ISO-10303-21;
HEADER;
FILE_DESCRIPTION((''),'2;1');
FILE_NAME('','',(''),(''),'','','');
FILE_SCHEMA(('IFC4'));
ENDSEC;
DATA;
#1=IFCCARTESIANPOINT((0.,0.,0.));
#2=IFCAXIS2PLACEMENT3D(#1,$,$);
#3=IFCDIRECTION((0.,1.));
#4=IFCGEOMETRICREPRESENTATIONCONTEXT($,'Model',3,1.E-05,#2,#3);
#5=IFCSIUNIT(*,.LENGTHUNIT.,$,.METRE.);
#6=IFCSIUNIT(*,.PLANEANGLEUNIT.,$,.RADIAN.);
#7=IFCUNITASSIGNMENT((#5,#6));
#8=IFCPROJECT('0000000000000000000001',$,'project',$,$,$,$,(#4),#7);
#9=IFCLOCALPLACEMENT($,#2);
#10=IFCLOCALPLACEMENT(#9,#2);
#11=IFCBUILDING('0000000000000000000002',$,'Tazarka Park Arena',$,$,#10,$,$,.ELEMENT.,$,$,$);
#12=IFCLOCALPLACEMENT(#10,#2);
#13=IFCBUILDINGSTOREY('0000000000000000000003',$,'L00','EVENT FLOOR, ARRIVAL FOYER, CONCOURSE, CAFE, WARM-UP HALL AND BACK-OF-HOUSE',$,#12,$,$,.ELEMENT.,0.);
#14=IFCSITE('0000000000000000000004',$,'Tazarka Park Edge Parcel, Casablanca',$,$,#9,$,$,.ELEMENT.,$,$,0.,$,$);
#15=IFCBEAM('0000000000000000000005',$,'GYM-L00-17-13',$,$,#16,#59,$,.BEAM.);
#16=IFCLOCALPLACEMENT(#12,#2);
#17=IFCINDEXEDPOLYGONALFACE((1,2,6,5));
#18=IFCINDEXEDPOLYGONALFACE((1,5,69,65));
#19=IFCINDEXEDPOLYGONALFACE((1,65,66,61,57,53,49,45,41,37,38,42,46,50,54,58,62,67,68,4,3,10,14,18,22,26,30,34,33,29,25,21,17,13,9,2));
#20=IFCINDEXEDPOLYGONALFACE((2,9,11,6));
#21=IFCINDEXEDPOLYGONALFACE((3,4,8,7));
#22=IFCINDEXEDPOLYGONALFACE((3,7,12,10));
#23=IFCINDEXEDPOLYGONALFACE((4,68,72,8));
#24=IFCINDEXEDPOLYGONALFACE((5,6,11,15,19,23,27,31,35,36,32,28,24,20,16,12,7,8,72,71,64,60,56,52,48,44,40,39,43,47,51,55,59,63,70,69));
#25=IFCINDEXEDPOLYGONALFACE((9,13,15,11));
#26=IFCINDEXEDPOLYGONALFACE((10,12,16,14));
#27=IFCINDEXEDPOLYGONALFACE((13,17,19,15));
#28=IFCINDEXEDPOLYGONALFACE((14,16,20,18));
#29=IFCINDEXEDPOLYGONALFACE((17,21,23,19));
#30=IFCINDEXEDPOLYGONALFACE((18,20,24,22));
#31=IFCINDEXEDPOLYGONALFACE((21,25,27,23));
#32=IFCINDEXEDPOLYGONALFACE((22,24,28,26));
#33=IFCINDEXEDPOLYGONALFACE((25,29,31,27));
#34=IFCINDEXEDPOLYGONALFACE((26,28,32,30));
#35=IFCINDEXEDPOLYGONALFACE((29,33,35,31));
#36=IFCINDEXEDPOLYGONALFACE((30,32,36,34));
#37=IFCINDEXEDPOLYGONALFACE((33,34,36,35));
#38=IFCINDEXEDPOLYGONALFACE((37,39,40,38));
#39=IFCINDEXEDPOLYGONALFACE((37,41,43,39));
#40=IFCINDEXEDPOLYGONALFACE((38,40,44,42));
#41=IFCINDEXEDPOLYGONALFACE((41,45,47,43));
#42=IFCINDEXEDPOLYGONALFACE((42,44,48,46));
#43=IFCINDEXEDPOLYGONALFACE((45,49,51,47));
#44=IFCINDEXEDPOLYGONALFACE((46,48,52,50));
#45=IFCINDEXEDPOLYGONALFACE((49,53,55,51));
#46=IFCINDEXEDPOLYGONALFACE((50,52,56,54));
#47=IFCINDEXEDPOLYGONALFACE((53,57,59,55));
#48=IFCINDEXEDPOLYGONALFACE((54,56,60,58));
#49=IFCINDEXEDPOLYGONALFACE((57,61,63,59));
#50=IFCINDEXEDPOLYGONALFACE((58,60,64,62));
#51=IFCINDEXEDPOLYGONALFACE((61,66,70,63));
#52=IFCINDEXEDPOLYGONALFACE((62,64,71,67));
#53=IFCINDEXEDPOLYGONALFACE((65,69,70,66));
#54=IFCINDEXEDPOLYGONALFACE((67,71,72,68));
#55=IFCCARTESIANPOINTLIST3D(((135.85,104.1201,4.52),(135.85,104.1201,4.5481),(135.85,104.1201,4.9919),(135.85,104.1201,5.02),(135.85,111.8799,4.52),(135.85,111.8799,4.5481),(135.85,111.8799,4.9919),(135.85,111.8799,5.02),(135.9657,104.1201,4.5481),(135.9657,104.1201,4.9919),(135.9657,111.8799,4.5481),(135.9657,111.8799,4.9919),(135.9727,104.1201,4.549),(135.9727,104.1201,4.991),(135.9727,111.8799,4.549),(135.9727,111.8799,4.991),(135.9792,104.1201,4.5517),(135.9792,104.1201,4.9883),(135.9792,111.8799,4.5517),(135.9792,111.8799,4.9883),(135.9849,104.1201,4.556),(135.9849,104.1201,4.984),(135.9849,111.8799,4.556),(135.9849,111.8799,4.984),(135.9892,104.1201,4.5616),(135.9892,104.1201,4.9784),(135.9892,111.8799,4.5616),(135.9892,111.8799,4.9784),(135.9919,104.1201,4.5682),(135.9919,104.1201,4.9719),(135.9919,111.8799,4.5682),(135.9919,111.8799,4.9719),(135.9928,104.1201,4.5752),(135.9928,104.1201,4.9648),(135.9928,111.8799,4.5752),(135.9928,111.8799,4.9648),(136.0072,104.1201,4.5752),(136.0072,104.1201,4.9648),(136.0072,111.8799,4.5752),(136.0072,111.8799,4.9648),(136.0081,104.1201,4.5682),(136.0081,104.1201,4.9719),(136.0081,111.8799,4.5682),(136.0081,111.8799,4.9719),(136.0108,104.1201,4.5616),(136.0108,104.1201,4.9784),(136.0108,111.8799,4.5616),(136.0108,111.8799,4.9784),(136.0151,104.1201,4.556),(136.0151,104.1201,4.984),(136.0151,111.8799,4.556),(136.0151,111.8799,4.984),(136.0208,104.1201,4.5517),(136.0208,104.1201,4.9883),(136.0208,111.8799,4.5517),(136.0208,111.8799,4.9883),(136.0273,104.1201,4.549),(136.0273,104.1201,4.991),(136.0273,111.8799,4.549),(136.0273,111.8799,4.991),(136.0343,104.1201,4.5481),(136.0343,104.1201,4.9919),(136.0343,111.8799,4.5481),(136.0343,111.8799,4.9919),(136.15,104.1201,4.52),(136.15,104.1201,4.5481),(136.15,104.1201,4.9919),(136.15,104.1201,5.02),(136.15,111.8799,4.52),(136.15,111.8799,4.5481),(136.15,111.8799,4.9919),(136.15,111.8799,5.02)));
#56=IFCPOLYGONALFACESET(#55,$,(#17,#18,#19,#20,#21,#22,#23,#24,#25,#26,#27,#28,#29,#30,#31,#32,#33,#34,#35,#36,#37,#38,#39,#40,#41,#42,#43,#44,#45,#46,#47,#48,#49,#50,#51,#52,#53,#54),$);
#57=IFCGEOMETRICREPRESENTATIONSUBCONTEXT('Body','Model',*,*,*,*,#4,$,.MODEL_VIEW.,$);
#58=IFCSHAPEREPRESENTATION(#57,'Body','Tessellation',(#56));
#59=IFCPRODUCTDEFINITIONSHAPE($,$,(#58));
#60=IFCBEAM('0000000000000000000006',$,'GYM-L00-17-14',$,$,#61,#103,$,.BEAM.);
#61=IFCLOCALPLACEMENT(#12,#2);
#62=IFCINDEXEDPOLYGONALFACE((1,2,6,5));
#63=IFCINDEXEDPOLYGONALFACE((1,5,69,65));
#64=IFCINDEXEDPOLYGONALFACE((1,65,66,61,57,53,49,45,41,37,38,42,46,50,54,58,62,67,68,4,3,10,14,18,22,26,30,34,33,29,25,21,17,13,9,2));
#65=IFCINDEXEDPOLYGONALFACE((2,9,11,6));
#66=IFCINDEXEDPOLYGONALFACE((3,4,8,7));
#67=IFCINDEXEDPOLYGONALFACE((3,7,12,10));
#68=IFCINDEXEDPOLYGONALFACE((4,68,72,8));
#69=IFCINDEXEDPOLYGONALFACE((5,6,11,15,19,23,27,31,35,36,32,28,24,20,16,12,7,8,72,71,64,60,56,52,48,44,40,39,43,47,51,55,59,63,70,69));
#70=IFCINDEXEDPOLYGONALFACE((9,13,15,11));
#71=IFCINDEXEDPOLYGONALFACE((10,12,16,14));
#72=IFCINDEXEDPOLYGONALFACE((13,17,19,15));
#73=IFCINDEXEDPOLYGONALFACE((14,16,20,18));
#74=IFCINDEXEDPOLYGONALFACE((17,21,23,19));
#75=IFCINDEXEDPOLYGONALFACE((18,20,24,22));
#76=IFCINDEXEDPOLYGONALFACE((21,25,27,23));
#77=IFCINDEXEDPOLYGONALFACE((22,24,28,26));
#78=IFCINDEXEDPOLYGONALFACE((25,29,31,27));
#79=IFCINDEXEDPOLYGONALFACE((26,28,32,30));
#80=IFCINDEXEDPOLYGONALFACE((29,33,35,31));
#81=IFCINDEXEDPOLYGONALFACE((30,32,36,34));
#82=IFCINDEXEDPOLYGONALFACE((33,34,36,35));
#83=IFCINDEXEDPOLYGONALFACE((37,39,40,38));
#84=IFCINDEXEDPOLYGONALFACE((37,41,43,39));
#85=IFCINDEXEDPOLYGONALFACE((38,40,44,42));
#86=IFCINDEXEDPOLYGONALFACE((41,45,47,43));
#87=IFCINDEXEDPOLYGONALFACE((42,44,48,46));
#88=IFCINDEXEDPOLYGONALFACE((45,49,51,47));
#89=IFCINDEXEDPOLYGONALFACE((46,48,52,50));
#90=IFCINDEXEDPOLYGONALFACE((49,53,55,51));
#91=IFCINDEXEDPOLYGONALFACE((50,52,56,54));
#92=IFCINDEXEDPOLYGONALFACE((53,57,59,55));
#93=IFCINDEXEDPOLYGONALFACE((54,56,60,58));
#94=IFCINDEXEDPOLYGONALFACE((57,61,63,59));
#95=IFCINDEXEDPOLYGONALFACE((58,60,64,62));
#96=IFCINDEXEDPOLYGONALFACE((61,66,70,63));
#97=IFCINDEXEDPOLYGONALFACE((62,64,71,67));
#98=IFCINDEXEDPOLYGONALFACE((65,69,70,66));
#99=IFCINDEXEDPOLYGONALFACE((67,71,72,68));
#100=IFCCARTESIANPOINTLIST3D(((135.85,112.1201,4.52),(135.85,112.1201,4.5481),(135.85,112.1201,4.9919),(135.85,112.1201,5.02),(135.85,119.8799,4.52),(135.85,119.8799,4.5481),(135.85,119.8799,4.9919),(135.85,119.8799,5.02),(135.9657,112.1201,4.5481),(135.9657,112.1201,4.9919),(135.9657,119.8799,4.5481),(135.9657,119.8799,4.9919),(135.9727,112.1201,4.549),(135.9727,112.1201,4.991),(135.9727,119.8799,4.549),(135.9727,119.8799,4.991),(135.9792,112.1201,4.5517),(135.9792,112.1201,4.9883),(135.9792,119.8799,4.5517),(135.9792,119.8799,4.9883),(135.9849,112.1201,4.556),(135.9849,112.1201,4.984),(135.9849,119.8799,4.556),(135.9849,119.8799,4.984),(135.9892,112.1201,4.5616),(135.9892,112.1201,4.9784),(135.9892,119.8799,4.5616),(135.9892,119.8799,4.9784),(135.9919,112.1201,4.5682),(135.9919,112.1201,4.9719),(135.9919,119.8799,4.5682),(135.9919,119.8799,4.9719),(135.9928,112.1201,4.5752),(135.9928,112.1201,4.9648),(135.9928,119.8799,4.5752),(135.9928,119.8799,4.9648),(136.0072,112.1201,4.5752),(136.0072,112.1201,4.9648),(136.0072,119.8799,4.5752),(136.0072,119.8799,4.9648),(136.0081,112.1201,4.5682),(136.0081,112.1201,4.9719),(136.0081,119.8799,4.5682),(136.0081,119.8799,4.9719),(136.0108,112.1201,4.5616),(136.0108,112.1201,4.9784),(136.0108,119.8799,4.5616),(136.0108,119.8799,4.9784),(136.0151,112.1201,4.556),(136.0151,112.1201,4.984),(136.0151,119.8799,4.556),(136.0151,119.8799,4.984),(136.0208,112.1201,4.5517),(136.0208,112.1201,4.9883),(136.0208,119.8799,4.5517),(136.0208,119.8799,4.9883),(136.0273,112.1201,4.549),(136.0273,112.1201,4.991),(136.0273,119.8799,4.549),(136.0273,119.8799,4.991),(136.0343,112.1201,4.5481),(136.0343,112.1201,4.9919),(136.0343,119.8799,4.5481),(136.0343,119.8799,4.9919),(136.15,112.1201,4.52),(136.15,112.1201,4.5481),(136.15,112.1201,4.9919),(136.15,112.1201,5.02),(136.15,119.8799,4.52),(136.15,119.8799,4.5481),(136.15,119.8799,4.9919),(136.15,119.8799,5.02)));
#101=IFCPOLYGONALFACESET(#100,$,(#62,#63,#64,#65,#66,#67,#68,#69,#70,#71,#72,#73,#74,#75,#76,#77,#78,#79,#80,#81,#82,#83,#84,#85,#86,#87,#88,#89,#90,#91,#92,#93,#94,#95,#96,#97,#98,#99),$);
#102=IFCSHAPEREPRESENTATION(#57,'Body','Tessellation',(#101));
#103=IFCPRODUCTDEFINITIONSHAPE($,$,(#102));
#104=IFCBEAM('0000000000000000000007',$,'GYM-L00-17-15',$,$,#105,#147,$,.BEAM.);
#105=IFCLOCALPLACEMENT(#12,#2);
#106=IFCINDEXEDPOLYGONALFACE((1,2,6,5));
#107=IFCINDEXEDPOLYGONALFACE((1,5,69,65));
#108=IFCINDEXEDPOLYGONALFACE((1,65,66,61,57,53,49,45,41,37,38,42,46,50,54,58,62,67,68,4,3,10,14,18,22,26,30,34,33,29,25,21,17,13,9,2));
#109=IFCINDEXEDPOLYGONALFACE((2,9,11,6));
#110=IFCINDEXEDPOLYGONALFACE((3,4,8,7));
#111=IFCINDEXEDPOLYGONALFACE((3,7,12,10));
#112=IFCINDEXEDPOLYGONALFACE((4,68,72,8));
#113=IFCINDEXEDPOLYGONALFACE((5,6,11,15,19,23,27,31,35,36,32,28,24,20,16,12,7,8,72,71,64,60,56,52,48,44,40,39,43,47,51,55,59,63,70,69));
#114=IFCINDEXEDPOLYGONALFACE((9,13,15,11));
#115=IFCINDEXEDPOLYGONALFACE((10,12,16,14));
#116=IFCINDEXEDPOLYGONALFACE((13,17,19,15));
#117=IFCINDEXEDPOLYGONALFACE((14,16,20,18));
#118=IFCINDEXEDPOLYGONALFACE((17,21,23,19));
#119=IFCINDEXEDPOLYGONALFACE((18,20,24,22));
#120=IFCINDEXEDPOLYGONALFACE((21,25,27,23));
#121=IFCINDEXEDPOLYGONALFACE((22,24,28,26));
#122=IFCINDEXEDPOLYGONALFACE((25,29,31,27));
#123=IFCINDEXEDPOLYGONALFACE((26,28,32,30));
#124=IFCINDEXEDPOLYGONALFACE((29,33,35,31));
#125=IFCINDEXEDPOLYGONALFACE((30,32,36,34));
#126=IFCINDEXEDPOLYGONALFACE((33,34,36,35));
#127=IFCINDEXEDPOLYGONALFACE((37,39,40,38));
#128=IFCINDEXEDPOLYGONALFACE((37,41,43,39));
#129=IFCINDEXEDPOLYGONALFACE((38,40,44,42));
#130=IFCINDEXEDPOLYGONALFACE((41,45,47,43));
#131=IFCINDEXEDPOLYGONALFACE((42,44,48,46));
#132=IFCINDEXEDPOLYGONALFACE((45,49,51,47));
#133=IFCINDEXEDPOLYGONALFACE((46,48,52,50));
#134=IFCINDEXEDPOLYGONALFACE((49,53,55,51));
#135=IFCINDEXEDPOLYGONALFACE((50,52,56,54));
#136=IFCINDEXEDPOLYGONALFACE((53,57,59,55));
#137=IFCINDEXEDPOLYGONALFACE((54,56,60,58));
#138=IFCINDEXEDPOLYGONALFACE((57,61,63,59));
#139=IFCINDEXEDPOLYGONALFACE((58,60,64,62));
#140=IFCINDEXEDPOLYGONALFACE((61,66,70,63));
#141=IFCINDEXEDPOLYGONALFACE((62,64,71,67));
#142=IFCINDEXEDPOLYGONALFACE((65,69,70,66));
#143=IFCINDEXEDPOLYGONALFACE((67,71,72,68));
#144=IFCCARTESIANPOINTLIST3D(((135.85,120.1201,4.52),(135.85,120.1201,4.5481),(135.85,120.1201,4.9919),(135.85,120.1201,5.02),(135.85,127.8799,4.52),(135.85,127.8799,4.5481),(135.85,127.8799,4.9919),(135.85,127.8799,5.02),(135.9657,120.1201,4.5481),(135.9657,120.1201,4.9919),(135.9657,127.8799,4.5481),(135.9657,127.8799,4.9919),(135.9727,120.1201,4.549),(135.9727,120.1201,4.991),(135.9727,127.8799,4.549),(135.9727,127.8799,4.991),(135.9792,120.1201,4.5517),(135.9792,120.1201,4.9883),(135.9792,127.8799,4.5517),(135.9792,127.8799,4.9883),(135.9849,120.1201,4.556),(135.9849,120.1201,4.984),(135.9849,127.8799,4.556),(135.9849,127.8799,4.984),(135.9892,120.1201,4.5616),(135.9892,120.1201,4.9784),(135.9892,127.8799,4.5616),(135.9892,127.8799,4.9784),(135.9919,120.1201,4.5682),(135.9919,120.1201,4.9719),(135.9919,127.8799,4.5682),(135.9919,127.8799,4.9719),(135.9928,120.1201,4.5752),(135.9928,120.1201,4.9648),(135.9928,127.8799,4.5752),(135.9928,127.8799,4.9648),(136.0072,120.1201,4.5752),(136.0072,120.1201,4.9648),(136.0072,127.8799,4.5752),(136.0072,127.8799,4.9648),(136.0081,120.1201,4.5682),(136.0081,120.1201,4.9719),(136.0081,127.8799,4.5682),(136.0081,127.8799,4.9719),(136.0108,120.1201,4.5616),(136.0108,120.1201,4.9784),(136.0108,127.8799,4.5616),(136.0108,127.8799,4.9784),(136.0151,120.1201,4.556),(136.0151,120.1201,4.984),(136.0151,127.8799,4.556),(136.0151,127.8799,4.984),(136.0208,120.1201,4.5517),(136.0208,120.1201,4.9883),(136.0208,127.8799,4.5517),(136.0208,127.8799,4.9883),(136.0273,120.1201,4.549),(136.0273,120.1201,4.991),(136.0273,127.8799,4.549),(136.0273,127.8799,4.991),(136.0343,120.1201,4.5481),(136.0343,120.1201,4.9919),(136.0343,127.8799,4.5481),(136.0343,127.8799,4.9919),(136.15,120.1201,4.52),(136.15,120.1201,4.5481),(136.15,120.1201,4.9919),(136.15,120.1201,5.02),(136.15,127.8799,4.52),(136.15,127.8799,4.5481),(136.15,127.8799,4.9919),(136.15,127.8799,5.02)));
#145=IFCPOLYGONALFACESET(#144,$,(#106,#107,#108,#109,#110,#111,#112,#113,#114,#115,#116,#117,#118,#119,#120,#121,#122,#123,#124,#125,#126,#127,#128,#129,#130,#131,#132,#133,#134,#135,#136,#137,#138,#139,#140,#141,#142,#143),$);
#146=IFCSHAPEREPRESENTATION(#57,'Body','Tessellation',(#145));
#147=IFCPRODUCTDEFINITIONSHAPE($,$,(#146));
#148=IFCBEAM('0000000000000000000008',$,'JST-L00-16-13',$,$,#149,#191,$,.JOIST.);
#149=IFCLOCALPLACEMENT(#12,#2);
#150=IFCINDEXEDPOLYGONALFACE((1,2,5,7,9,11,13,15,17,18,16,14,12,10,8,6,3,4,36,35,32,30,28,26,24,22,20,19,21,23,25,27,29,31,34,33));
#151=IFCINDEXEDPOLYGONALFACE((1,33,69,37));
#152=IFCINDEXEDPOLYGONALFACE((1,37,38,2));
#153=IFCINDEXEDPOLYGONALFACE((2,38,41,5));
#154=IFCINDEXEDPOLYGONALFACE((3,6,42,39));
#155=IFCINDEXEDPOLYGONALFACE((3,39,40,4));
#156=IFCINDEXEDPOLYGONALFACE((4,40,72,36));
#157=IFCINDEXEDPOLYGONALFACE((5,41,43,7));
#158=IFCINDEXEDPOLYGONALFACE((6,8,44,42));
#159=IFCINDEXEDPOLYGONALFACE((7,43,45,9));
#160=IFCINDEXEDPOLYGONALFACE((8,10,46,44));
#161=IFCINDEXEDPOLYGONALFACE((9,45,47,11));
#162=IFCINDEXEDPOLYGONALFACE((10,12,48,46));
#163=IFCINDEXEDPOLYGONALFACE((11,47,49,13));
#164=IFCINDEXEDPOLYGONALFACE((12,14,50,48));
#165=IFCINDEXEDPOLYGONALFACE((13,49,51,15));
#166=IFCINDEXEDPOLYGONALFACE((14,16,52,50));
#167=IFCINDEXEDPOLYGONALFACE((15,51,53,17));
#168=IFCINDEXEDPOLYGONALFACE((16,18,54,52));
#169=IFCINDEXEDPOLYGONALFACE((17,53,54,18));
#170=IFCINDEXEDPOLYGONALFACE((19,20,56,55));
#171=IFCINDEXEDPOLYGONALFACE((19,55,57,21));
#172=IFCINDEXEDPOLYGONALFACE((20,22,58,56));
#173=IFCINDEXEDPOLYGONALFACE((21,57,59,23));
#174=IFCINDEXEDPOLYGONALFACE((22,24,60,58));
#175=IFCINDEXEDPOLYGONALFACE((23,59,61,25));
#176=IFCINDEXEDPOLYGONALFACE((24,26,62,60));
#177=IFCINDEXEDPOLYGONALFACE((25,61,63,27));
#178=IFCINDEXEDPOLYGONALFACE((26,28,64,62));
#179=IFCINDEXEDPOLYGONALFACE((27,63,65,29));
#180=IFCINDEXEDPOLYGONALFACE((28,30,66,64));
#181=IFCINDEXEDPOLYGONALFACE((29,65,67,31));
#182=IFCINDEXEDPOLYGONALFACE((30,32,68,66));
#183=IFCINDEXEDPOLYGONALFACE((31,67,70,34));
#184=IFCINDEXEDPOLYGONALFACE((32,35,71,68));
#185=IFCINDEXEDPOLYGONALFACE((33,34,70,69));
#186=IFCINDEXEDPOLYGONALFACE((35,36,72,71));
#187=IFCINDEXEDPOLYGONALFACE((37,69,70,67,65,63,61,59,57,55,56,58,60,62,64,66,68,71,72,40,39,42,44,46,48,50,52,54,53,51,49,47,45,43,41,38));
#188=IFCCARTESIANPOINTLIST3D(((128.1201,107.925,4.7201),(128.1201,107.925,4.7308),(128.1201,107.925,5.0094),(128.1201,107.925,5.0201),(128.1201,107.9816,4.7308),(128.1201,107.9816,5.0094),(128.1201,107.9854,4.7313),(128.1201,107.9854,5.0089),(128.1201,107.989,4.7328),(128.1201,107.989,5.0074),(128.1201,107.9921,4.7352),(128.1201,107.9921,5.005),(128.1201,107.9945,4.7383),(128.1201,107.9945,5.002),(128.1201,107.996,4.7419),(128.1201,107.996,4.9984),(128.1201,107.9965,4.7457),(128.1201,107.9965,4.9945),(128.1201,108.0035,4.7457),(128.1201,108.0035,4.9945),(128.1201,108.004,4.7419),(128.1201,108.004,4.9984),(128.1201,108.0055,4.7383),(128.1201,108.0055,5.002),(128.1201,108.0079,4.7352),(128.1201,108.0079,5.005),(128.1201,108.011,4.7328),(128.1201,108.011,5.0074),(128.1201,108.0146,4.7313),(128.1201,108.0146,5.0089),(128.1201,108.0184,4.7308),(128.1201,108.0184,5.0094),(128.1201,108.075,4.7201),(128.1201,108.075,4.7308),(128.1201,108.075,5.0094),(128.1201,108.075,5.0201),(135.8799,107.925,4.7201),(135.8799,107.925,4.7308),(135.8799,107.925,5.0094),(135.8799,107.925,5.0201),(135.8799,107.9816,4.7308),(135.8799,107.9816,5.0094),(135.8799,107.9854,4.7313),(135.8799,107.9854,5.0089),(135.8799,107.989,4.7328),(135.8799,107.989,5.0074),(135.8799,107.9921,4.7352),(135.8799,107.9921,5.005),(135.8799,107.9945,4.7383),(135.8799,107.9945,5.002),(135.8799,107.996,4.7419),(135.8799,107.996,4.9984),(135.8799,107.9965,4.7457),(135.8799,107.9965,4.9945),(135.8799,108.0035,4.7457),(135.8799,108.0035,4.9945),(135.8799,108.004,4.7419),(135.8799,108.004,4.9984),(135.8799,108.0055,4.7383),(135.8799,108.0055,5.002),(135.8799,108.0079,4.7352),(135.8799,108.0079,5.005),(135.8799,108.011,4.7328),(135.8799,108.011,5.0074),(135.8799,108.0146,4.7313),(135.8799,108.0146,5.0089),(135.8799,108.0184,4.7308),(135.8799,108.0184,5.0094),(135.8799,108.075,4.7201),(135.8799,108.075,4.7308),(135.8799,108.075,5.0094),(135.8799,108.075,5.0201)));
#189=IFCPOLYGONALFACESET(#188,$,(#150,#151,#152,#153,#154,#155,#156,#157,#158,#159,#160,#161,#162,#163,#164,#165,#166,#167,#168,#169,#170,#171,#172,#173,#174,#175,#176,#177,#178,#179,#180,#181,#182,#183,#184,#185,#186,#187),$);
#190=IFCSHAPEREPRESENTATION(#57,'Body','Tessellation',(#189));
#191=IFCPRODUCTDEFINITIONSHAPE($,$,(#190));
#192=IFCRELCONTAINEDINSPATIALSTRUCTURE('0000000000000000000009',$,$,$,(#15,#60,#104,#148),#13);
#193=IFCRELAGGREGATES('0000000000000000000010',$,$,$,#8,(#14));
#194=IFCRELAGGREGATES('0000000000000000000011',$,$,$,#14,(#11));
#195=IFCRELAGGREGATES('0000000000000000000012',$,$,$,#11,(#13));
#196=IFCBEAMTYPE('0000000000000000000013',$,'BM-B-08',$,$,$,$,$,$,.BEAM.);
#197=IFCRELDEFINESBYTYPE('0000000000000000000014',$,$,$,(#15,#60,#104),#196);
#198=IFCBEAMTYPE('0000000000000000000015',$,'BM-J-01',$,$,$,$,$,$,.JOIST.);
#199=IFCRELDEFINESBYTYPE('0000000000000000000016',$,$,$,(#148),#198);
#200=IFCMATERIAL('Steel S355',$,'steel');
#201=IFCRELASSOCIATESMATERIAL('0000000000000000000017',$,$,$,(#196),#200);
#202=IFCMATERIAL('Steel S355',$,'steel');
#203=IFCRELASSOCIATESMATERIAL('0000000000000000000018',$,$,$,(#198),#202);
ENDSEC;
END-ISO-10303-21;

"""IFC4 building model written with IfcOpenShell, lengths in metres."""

from ifc_helpers import new_model, si_unit, direction, frame, origin, origin_2d, place, context, subcontext, project, spatial, i_section, extrude, material, material_profile, profile_set, type_object, element, save


model = new_model("IFC4")

# Units and contexts
model_context = context("Model", 3, precision=1e-05, world=origin(), true_north=direction((0.0, 1.0)))
body_context = subcontext(model_context, "Body", "Model", "MODEL_VIEW")
ifc_project = project(units=[si_unit("LENGTHUNIT", "METRE"), si_unit("PLANEANGLEUNIT", "RADIAN")], contexts=[model_context])

# Site, building, storey
site_placement = place(None, origin())
site = spatial("IfcSite", under=ifc_project, at=site_placement, Name="Tazarka Park Edge Parcel, Casablanca", CompositionType="ELEMENT", RefElevation=0.0)
building_placement = place(site_placement, origin())
building = spatial("IfcBuilding", under=site, at=building_placement, Name="Tazarka Park Arena", CompositionType="ELEMENT")
storey_placement = place(building_placement, origin())
storey = spatial("IfcBuildingStorey", under=building, at=storey_placement, Name="L00", Description="EVENT FLOOR, ARRIVAL FOYER, CONCOURSE, CAFE, WARM-UP HALL AND BACK-OF-HOUSE", CompositionType="ELEMENT", Elevation=0.0)

# Beams
ifc_material_1 = material(Name="Steel S355", Category="steel")
ifc_material_profile_1 = material_profile(ifc_material_1, i_section(OverallWidth=0.3, OverallDepth=0.5, WebThickness=0.0144, FlangeThickness=0.0281, FilletRadius=0.0271, at=origin_2d()), Name="Steel S355")
ifc_profile_set_1 = profile_set([ifc_material_profile_1], Name="Steel S355")
beam_type_1 = type_object("IfcBeamType", Name="BM-B-08", PredefinedType="BEAM", material=ifc_profile_set_1)
for number, where, z_axis, x_axis, name in (
    (1, (136.0, 104.1201, 4.77), (0.0, 1.0, 0.0), (-1.0, 0.0, 0.0), "GYM-L00-17-13"),
    (2, (136.0, 112.1201, 4.77), (0.0, 1.0, 0.0), (-1.0, 0.0, 0.0), "GYM-L00-17-14"),
    (3, (136.0, 120.1201, 4.77), (0.0, 1.0, 0.0), (-1.0, 0.0, 0.0), "GYM-L00-17-15"),
):
    element("IfcBeam", number, at=place(storey_placement, frame(where, z_axis=z_axis, x_axis=x_axis)), inside=storey, type_object=beam_type_1, Name=name, PredefinedType="BEAM", context=body_context, shape_type="SweptSolid", body=[
        extrude(i_section(OverallWidth=0.3, OverallDepth=0.5, WebThickness=0.0144, FlangeThickness=0.0281, FilletRadius=0.0271, at=origin_2d()), origin(), (0.0, 0.0, 1.0), 7.7598),
    ])
ifc_material_2 = material(Name="Steel S355", Category="steel")
ifc_material_profile_2 = material_profile(ifc_material_2, i_section(OverallWidth=0.1499, OverallDepth=0.3, WebThickness=0.0071, FlangeThickness=0.0107, FilletRadius=0.0149, at=origin_2d()), Name="Steel S355")
ifc_profile_set_2 = profile_set([ifc_material_profile_2], Name="Steel S355")
beam_type_2 = type_object("IfcBeamType", Name="BM-J-01", PredefinedType="JOIST", material=ifc_profile_set_2)
for number, where, z_axis, x_axis, name in (
    (4, (128.1201, 108.0, 4.8701), (1.0, 0.0, 0.0), (0.0, 1.0, 0.0), "JST-L00-16-13"),
):
    element("IfcBeam", number, at=place(storey_placement, frame(where, z_axis=z_axis, x_axis=x_axis)), inside=storey, type_object=beam_type_2, Name=name, PredefinedType="JOIST", context=body_context, shape_type="SweptSolid", body=[
        extrude(i_section(OverallWidth=0.1499, OverallDepth=0.3, WebThickness=0.0071, FlangeThickness=0.0107, FilletRadius=0.0149, at=origin_2d()), origin(), (0.0, 0.0, 1.0), 7.7598),
    ])

save(model, "model.ifc")
